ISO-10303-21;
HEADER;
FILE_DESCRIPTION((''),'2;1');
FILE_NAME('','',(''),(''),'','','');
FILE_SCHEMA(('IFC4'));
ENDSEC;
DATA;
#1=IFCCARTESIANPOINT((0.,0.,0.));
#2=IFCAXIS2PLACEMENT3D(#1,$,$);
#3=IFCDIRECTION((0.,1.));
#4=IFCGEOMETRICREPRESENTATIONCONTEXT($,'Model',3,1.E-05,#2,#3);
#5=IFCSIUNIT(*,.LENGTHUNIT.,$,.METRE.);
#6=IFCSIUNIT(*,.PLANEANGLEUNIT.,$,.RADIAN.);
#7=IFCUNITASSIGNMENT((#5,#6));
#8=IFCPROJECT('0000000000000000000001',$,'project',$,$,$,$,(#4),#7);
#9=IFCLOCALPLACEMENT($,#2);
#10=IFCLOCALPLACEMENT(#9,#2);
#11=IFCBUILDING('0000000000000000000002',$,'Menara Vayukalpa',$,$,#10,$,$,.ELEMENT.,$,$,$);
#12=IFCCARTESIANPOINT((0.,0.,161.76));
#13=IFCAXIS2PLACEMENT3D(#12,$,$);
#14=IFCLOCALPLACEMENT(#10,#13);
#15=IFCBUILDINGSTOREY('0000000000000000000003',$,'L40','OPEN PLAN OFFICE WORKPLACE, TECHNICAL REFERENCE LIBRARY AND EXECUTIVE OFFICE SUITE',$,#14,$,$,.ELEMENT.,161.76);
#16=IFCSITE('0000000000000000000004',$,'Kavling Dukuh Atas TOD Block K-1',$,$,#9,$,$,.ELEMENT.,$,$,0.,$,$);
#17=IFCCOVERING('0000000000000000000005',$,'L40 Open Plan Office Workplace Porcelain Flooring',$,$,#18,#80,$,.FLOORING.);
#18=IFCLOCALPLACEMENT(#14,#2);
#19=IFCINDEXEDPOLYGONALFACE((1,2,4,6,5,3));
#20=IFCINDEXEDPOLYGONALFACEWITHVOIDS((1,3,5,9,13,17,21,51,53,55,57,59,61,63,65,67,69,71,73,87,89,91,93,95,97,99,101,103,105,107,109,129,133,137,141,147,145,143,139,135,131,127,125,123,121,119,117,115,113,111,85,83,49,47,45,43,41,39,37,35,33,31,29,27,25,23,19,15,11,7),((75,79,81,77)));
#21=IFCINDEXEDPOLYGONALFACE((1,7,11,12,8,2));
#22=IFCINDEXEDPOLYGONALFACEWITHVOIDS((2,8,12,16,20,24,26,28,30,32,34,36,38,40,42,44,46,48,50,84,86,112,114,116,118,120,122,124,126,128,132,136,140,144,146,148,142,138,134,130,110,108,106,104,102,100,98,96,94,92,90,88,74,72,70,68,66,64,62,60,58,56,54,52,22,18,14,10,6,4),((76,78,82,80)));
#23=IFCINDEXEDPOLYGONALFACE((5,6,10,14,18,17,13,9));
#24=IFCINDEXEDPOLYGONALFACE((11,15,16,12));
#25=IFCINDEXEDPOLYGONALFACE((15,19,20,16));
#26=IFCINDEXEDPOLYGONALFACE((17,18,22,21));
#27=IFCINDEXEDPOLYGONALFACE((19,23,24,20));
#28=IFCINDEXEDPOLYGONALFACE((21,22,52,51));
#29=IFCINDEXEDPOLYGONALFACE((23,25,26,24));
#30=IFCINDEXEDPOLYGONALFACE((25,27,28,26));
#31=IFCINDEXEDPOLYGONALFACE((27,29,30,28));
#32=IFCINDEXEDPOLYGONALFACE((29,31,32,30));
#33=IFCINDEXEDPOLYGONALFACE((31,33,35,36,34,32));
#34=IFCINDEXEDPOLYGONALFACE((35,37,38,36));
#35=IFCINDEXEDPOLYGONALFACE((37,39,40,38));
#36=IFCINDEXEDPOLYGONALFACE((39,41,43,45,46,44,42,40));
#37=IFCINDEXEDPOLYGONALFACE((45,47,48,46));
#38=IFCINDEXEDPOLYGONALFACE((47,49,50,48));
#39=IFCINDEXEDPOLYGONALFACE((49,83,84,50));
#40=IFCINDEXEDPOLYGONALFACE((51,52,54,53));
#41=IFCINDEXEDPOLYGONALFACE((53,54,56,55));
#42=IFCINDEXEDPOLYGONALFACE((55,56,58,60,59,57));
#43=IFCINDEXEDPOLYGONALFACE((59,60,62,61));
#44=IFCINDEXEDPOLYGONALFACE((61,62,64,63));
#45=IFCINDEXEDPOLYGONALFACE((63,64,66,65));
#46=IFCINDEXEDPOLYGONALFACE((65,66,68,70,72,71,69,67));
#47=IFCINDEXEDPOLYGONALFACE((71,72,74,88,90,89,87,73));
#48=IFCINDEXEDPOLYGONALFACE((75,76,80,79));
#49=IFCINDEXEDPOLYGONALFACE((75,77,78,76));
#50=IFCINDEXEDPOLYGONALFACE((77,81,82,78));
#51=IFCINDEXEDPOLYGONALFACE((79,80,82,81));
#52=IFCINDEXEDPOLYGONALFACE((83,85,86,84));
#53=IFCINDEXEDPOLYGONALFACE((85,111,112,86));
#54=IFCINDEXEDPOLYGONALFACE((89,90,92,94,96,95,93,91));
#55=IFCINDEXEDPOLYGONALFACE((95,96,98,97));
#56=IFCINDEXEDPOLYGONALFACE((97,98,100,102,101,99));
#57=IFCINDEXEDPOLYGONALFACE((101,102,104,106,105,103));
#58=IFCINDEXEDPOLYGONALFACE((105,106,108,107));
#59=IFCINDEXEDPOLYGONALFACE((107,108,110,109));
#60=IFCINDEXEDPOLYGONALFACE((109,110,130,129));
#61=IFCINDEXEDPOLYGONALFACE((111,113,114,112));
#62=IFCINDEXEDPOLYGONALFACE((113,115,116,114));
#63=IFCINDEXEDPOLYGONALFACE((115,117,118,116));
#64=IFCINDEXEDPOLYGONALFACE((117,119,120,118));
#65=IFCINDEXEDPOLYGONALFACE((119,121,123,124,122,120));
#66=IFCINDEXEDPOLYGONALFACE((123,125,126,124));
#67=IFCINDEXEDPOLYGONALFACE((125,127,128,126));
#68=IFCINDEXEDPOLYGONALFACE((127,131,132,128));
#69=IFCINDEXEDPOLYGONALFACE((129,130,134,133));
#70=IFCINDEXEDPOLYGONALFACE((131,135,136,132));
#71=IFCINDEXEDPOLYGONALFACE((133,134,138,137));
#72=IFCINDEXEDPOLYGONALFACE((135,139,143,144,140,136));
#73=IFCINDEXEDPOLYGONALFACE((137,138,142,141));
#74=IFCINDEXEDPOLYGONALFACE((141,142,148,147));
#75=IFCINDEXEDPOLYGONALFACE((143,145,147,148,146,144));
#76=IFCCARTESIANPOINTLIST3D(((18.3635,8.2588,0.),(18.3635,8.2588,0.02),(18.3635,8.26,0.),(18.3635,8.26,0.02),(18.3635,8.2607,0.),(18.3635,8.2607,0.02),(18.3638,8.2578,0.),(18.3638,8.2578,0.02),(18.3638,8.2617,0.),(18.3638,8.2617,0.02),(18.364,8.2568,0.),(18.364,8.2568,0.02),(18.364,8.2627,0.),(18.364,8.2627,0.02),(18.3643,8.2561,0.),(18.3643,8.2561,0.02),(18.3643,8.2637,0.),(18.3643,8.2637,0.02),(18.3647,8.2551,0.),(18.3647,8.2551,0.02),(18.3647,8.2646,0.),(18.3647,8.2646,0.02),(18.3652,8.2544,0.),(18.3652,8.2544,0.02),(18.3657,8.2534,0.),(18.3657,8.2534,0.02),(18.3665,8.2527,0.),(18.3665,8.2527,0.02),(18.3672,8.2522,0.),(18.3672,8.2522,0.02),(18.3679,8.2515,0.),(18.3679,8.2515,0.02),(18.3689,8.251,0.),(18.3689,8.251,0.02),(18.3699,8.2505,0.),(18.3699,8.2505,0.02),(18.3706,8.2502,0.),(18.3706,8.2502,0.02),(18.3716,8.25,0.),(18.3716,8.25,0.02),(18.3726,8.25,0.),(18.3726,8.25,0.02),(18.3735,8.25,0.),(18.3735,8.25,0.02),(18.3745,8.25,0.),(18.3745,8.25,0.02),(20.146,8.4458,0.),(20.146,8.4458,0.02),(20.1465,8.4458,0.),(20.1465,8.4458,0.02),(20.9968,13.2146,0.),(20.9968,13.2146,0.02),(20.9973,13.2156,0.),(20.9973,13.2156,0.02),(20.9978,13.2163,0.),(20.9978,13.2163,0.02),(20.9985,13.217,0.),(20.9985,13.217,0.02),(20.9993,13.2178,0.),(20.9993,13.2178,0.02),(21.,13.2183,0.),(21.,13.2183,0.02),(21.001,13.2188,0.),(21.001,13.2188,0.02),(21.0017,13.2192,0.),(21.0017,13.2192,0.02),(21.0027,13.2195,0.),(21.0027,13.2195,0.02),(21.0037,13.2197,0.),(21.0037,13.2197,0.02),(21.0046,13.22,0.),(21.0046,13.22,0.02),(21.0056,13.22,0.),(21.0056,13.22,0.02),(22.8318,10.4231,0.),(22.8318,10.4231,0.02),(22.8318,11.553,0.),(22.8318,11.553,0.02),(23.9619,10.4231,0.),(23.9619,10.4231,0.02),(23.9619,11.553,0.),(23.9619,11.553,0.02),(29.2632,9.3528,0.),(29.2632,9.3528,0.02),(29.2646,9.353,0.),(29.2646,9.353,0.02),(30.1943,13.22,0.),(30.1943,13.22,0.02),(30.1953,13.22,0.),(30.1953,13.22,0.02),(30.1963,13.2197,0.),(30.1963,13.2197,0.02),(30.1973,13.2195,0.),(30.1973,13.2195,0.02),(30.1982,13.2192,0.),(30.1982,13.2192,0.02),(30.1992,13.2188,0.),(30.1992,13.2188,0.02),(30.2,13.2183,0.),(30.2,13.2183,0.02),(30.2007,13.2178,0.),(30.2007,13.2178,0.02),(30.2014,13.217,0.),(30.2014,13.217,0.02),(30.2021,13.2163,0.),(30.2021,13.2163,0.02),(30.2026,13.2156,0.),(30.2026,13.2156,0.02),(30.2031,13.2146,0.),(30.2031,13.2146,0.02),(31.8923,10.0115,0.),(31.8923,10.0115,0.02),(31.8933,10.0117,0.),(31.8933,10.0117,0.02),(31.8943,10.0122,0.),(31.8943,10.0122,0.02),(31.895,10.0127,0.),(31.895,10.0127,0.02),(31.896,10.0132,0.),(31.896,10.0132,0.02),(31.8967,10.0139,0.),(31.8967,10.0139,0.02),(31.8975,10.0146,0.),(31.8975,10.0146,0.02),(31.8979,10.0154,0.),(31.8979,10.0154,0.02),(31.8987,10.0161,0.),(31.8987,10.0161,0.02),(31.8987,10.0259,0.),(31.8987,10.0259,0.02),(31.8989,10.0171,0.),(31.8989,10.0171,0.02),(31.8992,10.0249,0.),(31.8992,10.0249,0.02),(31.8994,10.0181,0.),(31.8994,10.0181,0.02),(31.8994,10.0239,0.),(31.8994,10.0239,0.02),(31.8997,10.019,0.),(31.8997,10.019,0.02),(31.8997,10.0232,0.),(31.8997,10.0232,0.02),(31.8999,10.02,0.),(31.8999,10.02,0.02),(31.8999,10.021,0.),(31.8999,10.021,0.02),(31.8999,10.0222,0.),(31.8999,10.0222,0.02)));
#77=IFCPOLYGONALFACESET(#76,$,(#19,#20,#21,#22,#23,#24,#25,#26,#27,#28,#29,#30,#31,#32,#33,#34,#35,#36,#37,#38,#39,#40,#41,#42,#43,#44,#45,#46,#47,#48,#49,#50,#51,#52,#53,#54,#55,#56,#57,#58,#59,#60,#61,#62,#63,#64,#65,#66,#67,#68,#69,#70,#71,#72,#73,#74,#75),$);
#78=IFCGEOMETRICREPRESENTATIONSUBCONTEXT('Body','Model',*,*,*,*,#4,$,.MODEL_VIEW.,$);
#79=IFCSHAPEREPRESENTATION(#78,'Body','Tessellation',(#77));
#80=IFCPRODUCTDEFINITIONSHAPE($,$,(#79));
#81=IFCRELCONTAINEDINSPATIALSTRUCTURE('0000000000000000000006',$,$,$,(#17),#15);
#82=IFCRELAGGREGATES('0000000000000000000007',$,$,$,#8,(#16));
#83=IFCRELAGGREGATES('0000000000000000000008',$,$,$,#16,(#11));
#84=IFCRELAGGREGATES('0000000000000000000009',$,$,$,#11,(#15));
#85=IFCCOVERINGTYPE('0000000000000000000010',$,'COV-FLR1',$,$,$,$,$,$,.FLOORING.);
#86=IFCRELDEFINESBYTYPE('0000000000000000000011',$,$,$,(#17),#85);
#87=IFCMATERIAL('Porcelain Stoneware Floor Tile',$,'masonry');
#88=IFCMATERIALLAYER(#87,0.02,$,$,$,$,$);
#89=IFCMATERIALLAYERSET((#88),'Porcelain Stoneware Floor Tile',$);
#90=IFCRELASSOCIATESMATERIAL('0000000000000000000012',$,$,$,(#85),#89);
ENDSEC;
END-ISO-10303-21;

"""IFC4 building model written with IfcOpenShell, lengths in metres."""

from ifc_helpers import new_model, si_unit, direction, frame, origin, place, context, subcontext, project, spatial, polyline, outline, extrude, material, layer, layer_set, type_object, element, save


model = new_model("IFC4")

# Units and contexts
model_context = context("Model", 3, precision=1e-05, world=origin(), true_north=direction((0.0, 1.0)))
body_context = subcontext(model_context, "Body", "Model", "MODEL_VIEW")
ifc_project = project(units=[si_unit("LENGTHUNIT", "METRE"), si_unit("PLANEANGLEUNIT", "RADIAN")], contexts=[model_context])

# Site, building, storey
site_placement = place(None, origin())
site = spatial("IfcSite", under=ifc_project, at=site_placement, Name="Kavling Dukuh Atas TOD Block K-1", CompositionType="ELEMENT", RefElevation=0.0)
building_placement = place(site_placement, origin())
building = spatial("IfcBuilding", under=site, at=building_placement, Name="Menara Vayukalpa", CompositionType="ELEMENT")
storey_placement = place(building_placement, frame((0.0, 0.0, 161.76)))
storey = spatial("IfcBuildingStorey", under=building, at=storey_placement, Name="L40", Description="OPEN PLAN OFFICE WORKPLACE, TECHNICAL REFERENCE LIBRARY AND EXECUTIVE OFFICE SUITE", CompositionType="ELEMENT", Elevation=161.76)

# Covering
ifc_material_1 = material(Name="Porcelain Stoneware Floor Tile", Category="masonry")
ifc_layer_1 = layer(ifc_material_1, 0.02)
ifc_layer_set_1 = layer_set([ifc_layer_1], Name="Porcelain Stoneware Floor Tile")
covering_type_1 = type_object("IfcCoveringType", Name="COV-FLR1", PredefinedType="FLOORING", material=ifc_layer_set_1)
covering_1_placement = place(storey_placement, origin())
element("IfcCovering", 1, at=covering_1_placement, inside=storey, type_object=covering_type_1, Name="L40 Open Plan Office Workplace Porcelain Flooring", PredefinedType="FLOORING", context=body_context, shape_type="SweptSolid", body=[
    extrude(outline(polyline([(18.3735, 8.25), (18.3726, 8.25), (18.3716, 8.25), (18.3706, 8.2502), (18.3699, 8.2505), (18.3689, 8.251), (18.3679, 8.2515), (18.3672, 8.2522), (18.3665, 8.2527), (18.3657, 8.2534), (18.3652, 8.2544), (18.3647, 8.2551), (18.3643, 8.2561), (18.364, 8.2568), (18.3638, 8.2578), (18.3635, 8.2588), (18.3635, 8.26), (18.3635, 8.2607), (18.3638, 8.2617), (18.364, 8.2627), (18.3643, 8.2637), (18.3647, 8.2646), (20.9968, 13.2146), (20.9973, 13.2156), (20.9978, 13.2163), (20.9985, 13.217), (20.9993, 13.2178), (21.0, 13.2183), (21.001, 13.2188), (21.0017, 13.2192), (21.0027, 13.2195), (21.0037, 13.2197), (21.0046, 13.22), (21.0056, 13.22), (30.1943, 13.22), (30.1953, 13.22), (30.1963, 13.2197), (30.1973, 13.2195), (30.1982, 13.2192), (30.1992, 13.2188), (30.2, 13.2183), (30.2007, 13.2178), (30.2014, 13.217), (30.2021, 13.2163), (30.2026, 13.2156), (30.2031, 13.2146), (31.8987, 10.0259), (31.8992, 10.0249), (31.8994, 10.0239), (31.8997, 10.0232), (31.8999, 10.0222), (31.8999, 10.021), (31.8999, 10.02), (31.8997, 10.019), (31.8994, 10.0181), (31.8989, 10.0171), (31.8987, 10.0161), (31.8979, 10.0154), (31.8975, 10.0146), (31.8967, 10.0139), (31.896, 10.0132), (31.895, 10.0127), (31.8943, 10.0122), (31.8933, 10.0117), (31.8923, 10.0115), (29.2646, 9.353), (29.2632, 9.3528), (20.1465, 8.4458), (20.146, 8.4458), (18.3745, 8.25), (18.3735, 8.25)]), holes=[polyline([(23.9619, 11.553), (22.8318, 11.553), (22.8318, 10.4231), (23.9619, 10.4231), (23.9619, 11.553)])]), origin(), (0.0, 0.0, 1.0), 0.02),
])

save(model, "model.ifc")
